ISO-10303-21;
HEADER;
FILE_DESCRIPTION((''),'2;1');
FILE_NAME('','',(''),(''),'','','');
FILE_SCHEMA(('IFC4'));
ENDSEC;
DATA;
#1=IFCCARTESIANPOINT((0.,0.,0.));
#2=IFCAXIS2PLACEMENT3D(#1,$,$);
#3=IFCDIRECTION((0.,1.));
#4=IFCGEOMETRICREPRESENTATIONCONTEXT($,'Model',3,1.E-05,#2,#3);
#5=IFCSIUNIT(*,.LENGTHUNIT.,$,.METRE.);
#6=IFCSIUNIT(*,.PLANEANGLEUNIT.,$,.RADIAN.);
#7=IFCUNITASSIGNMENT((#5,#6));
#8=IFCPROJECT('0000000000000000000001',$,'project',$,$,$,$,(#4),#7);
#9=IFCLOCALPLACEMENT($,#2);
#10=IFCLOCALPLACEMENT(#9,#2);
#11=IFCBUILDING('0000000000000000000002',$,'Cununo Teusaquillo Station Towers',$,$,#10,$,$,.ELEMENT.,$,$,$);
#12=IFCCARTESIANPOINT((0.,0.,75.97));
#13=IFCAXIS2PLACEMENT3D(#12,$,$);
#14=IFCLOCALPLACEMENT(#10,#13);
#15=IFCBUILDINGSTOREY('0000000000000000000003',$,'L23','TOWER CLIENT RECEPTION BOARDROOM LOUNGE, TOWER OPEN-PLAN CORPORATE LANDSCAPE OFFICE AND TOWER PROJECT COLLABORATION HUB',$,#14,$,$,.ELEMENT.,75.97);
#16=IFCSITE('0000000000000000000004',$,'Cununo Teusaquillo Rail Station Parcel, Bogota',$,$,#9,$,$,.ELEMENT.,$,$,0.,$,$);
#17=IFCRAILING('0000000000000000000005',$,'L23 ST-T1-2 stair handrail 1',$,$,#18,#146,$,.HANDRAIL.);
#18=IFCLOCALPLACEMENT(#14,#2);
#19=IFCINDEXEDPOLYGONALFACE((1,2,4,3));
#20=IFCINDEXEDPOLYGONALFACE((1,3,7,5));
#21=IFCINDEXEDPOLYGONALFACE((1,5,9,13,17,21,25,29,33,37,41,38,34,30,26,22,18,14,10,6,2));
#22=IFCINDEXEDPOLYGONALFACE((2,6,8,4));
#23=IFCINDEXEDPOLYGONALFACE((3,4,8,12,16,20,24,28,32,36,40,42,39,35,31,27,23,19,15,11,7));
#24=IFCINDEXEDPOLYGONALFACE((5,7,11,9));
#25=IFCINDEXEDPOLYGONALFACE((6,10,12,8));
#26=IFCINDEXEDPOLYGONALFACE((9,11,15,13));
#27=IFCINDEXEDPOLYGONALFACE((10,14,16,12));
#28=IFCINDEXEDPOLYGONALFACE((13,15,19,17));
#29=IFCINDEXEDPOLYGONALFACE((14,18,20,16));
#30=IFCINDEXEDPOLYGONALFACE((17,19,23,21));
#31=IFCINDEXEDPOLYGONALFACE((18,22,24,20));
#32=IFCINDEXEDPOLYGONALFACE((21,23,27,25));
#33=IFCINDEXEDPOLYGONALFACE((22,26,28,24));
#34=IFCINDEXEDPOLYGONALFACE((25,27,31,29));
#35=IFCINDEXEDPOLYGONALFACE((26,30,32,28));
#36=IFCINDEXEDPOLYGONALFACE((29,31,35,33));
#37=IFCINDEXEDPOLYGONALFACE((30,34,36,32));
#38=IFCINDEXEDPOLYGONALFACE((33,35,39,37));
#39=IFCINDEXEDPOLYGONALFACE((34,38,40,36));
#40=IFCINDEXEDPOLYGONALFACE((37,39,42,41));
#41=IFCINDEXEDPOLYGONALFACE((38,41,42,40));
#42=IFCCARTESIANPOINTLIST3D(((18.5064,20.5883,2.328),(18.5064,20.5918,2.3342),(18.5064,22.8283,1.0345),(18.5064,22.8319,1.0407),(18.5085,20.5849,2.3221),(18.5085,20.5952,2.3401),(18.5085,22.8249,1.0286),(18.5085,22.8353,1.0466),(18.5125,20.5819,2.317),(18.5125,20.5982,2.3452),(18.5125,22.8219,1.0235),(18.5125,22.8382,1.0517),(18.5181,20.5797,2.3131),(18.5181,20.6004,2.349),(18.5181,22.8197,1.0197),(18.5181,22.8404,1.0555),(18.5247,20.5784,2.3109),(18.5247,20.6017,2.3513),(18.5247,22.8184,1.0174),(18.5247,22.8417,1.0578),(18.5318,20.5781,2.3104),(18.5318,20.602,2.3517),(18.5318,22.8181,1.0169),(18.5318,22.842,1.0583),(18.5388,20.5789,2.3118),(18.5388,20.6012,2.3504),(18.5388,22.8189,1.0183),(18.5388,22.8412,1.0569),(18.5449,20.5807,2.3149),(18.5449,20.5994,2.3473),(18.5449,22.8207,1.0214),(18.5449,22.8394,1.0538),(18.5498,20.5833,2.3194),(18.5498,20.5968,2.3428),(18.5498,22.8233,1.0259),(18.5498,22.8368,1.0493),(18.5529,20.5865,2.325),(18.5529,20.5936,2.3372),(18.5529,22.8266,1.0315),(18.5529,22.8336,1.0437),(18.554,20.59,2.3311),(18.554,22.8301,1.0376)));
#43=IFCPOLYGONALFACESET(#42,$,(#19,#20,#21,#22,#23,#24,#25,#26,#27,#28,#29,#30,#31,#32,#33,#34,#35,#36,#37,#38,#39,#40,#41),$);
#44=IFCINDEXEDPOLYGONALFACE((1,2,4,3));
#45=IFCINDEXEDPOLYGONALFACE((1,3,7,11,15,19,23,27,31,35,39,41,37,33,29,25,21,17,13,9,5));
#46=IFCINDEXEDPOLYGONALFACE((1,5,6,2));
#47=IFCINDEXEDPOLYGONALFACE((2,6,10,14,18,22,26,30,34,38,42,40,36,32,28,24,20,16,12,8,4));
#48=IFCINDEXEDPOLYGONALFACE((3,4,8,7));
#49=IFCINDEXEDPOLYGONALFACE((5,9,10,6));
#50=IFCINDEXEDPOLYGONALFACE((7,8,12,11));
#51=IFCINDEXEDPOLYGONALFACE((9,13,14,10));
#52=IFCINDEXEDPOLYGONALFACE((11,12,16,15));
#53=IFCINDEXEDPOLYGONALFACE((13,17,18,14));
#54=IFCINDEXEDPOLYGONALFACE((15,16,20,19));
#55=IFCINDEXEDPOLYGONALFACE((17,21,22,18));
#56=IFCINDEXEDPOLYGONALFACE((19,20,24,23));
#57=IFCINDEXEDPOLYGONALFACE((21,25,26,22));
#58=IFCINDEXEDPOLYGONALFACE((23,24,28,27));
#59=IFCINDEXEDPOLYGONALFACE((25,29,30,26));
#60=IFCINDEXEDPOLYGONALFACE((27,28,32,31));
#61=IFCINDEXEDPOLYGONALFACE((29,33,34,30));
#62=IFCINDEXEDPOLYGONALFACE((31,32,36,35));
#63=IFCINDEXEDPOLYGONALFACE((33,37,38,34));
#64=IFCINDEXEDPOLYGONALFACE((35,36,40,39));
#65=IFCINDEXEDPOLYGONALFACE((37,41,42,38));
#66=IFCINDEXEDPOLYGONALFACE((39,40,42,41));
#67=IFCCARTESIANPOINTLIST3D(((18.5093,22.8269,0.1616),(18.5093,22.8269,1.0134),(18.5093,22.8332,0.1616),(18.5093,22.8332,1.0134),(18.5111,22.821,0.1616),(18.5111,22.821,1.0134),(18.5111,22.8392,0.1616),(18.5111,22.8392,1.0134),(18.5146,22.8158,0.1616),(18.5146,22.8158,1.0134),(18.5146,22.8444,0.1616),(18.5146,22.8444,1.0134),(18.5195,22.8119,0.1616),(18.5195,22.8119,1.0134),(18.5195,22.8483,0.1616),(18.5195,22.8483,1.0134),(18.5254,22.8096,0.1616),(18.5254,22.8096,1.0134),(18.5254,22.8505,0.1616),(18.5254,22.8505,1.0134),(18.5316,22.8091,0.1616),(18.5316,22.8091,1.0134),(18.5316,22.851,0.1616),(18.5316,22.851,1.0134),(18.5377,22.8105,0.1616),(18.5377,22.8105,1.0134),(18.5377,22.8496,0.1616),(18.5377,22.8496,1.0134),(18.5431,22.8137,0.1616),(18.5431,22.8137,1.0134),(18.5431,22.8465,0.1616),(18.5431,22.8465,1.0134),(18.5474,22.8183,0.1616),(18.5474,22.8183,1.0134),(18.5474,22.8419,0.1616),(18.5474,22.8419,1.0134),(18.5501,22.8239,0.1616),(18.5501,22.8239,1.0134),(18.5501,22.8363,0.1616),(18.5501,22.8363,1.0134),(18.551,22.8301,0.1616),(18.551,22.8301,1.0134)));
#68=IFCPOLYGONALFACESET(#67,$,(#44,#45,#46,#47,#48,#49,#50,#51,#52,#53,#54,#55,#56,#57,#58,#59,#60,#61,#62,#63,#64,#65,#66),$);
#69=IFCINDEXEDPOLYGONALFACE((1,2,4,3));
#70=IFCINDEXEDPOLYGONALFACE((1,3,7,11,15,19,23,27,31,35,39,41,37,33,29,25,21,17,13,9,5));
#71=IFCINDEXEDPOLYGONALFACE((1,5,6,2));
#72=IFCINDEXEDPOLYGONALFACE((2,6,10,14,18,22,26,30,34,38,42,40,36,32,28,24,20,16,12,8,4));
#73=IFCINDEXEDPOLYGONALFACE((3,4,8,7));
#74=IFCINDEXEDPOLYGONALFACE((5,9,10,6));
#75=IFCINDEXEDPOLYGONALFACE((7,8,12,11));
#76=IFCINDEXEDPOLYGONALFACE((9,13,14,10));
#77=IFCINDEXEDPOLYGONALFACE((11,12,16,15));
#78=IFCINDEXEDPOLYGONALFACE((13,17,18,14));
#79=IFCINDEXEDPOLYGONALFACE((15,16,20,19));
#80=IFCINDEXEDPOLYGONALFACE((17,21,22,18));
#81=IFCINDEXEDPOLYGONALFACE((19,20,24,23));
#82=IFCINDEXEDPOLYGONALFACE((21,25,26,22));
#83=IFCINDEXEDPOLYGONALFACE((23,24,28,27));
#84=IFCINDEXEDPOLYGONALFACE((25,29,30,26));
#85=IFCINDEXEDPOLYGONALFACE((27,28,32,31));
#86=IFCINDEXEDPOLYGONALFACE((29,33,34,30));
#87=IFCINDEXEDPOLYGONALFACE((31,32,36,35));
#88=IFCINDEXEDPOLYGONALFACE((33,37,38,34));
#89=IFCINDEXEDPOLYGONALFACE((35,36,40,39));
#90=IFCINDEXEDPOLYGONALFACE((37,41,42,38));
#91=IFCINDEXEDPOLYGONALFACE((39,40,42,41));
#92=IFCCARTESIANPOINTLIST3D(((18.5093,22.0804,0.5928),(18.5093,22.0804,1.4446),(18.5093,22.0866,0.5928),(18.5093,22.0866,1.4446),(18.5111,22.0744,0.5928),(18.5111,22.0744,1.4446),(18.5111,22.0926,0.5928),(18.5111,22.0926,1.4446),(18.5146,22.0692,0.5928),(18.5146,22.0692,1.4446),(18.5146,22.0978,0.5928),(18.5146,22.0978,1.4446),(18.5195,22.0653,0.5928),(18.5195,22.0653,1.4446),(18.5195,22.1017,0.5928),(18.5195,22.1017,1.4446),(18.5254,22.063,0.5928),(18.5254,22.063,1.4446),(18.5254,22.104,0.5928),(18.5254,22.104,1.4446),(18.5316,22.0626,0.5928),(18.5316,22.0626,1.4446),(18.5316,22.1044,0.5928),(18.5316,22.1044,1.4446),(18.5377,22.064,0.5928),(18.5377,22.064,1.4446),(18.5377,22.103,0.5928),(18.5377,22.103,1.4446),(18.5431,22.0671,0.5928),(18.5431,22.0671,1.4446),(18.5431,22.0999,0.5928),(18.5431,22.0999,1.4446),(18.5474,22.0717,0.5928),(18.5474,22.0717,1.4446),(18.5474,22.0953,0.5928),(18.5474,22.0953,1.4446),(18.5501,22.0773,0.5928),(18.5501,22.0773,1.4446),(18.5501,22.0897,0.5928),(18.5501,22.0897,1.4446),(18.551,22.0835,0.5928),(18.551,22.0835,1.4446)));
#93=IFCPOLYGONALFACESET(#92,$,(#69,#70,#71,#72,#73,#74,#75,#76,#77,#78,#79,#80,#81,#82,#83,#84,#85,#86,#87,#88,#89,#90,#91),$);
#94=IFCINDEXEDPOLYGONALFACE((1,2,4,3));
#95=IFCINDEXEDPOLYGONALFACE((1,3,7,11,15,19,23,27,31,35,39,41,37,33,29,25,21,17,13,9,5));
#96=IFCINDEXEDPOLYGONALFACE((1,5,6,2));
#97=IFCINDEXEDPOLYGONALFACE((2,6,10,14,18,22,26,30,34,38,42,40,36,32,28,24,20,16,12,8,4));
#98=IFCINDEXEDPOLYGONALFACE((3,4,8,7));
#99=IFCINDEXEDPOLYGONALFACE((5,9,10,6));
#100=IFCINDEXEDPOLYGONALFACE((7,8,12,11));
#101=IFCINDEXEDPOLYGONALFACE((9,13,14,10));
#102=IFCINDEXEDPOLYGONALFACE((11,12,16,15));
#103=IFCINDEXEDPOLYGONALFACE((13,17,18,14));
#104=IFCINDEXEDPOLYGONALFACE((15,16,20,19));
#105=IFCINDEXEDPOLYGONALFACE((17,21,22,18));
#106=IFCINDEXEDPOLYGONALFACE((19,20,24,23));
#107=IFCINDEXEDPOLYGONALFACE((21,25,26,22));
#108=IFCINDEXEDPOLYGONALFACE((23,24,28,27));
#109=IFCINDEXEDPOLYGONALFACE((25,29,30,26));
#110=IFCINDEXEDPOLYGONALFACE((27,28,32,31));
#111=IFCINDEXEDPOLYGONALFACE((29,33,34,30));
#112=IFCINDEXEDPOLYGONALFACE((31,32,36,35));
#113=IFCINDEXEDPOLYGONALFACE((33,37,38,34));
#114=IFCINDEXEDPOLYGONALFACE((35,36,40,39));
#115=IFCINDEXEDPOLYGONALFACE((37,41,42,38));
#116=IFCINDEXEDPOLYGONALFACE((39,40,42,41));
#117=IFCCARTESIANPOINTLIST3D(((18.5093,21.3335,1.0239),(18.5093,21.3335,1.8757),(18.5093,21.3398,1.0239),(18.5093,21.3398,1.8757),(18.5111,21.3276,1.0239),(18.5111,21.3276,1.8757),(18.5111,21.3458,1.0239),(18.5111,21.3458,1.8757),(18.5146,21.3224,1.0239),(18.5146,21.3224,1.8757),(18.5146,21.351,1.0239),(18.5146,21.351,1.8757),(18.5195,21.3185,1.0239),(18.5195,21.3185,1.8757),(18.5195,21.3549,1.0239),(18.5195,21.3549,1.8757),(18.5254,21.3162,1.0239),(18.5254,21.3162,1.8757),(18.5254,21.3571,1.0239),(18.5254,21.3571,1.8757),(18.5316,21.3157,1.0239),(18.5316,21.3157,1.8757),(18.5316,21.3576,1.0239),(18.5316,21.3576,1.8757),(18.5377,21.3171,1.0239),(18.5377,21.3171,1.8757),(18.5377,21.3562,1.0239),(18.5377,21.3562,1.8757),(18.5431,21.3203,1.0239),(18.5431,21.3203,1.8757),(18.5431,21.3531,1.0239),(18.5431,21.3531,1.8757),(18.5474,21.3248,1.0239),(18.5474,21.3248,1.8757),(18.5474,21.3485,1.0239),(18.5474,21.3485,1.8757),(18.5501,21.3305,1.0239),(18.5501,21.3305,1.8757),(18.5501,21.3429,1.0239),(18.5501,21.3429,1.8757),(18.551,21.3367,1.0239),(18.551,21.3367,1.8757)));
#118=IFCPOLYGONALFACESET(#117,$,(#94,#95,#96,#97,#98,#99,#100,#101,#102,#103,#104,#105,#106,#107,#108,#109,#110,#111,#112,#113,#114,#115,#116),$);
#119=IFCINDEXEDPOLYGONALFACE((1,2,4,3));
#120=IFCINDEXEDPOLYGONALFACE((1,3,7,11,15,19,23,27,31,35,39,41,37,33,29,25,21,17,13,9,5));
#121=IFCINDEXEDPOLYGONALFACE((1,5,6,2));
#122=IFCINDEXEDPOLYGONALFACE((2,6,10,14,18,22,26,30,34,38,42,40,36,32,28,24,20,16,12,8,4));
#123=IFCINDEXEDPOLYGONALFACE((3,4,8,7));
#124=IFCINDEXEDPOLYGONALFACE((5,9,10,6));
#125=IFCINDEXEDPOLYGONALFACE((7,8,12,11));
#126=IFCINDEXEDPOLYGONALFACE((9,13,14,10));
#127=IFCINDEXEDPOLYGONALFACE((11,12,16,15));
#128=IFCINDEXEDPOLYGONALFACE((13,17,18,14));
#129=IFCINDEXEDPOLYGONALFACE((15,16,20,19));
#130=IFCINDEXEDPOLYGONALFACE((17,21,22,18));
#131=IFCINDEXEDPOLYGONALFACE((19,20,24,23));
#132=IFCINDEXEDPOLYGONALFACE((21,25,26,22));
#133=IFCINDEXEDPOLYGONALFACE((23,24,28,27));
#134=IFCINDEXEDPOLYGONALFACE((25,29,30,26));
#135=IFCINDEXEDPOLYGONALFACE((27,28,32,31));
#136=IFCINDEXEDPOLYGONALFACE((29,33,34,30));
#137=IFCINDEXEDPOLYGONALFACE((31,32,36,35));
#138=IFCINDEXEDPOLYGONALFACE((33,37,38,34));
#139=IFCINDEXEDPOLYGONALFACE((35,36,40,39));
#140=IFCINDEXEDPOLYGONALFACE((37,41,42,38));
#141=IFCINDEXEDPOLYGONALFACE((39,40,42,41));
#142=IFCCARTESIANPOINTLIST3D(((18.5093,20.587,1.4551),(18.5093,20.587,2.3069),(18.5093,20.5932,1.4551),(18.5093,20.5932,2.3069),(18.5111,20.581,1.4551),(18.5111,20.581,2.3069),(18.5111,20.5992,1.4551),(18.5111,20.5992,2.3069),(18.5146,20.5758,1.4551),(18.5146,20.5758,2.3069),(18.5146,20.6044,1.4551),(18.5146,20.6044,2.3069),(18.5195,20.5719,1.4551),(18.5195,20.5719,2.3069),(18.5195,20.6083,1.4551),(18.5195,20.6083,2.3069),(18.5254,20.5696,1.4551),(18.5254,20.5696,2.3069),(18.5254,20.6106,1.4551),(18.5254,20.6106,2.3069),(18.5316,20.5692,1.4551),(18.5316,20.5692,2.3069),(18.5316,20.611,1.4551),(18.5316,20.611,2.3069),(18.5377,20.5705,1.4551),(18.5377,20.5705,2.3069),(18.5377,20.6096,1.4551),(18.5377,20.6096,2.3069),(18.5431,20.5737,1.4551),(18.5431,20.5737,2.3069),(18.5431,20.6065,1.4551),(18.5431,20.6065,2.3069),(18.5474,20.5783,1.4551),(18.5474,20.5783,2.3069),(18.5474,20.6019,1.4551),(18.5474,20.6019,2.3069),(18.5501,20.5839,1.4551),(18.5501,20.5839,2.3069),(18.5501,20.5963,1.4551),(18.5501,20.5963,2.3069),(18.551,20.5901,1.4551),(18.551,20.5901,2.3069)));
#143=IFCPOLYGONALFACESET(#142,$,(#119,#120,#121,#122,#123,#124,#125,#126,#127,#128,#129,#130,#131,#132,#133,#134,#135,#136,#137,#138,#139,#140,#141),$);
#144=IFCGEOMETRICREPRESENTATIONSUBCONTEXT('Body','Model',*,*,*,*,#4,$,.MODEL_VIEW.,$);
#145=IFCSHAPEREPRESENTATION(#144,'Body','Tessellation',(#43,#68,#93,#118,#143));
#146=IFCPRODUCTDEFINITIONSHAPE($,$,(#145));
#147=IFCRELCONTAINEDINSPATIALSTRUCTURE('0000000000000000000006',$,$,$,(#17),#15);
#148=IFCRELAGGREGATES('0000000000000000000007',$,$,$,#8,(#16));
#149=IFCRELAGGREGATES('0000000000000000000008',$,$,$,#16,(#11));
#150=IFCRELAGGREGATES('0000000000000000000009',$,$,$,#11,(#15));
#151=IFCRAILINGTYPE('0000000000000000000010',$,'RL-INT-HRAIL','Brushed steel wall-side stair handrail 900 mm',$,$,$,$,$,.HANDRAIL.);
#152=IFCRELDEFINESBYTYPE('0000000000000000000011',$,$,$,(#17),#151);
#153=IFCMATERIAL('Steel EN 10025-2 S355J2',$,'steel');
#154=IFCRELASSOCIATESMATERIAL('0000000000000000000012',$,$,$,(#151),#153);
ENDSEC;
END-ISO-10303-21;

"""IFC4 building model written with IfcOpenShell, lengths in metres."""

from ifc_helpers import new_model, si_unit, direction, frame, origin, origin_2d, place, context, subcontext, project, spatial, circle, extrude, material, type_object, element, save


model = new_model("IFC4")

# Units and contexts
model_context = context("Model", 3, precision=1e-05, world=origin(), true_north=direction((0.0, 1.0)))
body_context = subcontext(model_context, "Body", "Model", "MODEL_VIEW")
ifc_project = project(units=[si_unit("LENGTHUNIT", "METRE"), si_unit("PLANEANGLEUNIT", "RADIAN")], contexts=[model_context])

# Site, building, storey
site_placement = place(None, origin())
site = spatial("IfcSite", under=ifc_project, at=site_placement, Name="Cununo Teusaquillo Rail Station Parcel, Bogota", CompositionType="ELEMENT", RefElevation=0.0)
building_placement = place(site_placement, origin())
building = spatial("IfcBuilding", under=site, at=building_placement, Name="Cununo Teusaquillo Station Towers", CompositionType="ELEMENT")
storey_placement = place(building_placement, frame((0.0, 0.0, 75.97)))
storey = spatial("IfcBuildingStorey", under=building, at=storey_placement, Name="L23", Description="TOWER CLIENT RECEPTION BOARDROOM LOUNGE, TOWER OPEN-PLAN CORPORATE LANDSCAPE OFFICE AND TOWER PROJECT COLLABORATION HUB", CompositionType="ELEMENT", Elevation=75.97)

# Railing
ifc_material_1 = material(Name="Steel EN 10025-2 S355J2", Category="steel")
railing_type_1 = type_object("IfcRailingType", Name="RL-INT-HRAIL", Description="Brushed steel wall-side stair handrail 900 mm", PredefinedType="HANDRAIL", material=ifc_material_1)
railing_1_placement = place(storey_placement, frame((18.53, 22.8301, 0.1616)))
element("IfcRailing", 1, at=railing_1_placement, inside=storey, type_object=railing_type_1, Name="L23 ST-T1-2 stair handrail 1", PredefinedType="HANDRAIL", context=body_context, shape_type="SweptSolid", body=[
    extrude(circle(Radius=0.0239, at=origin_2d()), frame((0.0, 0.0, 0.876), z_axis=(0.0, -0.865992, 0.500057), x_axis=(1.0, 0.0, 0.0)), (0.0, 0.0, 1.0), 2.5867),
    extrude(circle(Radius=0.021, at=origin_2d()), origin(), (0.0, 0.0, 1.0), 0.8518),
    extrude(circle(Radius=0.021, at=origin_2d()), frame((0.0, -0.7466, 0.4312)), (0.0, 0.0, 1.0), 0.8518),
    extrude(circle(Radius=0.021, at=origin_2d()), frame((0.0, -1.4934, 0.8623)), (0.0, 0.0, 1.0), 0.8518),
    extrude(circle(Radius=0.021, at=origin_2d()), frame((0.0, -2.24, 1.2935)), (0.0, 0.0, 1.0), 0.8518),
])

save(model, "model.ifc")
